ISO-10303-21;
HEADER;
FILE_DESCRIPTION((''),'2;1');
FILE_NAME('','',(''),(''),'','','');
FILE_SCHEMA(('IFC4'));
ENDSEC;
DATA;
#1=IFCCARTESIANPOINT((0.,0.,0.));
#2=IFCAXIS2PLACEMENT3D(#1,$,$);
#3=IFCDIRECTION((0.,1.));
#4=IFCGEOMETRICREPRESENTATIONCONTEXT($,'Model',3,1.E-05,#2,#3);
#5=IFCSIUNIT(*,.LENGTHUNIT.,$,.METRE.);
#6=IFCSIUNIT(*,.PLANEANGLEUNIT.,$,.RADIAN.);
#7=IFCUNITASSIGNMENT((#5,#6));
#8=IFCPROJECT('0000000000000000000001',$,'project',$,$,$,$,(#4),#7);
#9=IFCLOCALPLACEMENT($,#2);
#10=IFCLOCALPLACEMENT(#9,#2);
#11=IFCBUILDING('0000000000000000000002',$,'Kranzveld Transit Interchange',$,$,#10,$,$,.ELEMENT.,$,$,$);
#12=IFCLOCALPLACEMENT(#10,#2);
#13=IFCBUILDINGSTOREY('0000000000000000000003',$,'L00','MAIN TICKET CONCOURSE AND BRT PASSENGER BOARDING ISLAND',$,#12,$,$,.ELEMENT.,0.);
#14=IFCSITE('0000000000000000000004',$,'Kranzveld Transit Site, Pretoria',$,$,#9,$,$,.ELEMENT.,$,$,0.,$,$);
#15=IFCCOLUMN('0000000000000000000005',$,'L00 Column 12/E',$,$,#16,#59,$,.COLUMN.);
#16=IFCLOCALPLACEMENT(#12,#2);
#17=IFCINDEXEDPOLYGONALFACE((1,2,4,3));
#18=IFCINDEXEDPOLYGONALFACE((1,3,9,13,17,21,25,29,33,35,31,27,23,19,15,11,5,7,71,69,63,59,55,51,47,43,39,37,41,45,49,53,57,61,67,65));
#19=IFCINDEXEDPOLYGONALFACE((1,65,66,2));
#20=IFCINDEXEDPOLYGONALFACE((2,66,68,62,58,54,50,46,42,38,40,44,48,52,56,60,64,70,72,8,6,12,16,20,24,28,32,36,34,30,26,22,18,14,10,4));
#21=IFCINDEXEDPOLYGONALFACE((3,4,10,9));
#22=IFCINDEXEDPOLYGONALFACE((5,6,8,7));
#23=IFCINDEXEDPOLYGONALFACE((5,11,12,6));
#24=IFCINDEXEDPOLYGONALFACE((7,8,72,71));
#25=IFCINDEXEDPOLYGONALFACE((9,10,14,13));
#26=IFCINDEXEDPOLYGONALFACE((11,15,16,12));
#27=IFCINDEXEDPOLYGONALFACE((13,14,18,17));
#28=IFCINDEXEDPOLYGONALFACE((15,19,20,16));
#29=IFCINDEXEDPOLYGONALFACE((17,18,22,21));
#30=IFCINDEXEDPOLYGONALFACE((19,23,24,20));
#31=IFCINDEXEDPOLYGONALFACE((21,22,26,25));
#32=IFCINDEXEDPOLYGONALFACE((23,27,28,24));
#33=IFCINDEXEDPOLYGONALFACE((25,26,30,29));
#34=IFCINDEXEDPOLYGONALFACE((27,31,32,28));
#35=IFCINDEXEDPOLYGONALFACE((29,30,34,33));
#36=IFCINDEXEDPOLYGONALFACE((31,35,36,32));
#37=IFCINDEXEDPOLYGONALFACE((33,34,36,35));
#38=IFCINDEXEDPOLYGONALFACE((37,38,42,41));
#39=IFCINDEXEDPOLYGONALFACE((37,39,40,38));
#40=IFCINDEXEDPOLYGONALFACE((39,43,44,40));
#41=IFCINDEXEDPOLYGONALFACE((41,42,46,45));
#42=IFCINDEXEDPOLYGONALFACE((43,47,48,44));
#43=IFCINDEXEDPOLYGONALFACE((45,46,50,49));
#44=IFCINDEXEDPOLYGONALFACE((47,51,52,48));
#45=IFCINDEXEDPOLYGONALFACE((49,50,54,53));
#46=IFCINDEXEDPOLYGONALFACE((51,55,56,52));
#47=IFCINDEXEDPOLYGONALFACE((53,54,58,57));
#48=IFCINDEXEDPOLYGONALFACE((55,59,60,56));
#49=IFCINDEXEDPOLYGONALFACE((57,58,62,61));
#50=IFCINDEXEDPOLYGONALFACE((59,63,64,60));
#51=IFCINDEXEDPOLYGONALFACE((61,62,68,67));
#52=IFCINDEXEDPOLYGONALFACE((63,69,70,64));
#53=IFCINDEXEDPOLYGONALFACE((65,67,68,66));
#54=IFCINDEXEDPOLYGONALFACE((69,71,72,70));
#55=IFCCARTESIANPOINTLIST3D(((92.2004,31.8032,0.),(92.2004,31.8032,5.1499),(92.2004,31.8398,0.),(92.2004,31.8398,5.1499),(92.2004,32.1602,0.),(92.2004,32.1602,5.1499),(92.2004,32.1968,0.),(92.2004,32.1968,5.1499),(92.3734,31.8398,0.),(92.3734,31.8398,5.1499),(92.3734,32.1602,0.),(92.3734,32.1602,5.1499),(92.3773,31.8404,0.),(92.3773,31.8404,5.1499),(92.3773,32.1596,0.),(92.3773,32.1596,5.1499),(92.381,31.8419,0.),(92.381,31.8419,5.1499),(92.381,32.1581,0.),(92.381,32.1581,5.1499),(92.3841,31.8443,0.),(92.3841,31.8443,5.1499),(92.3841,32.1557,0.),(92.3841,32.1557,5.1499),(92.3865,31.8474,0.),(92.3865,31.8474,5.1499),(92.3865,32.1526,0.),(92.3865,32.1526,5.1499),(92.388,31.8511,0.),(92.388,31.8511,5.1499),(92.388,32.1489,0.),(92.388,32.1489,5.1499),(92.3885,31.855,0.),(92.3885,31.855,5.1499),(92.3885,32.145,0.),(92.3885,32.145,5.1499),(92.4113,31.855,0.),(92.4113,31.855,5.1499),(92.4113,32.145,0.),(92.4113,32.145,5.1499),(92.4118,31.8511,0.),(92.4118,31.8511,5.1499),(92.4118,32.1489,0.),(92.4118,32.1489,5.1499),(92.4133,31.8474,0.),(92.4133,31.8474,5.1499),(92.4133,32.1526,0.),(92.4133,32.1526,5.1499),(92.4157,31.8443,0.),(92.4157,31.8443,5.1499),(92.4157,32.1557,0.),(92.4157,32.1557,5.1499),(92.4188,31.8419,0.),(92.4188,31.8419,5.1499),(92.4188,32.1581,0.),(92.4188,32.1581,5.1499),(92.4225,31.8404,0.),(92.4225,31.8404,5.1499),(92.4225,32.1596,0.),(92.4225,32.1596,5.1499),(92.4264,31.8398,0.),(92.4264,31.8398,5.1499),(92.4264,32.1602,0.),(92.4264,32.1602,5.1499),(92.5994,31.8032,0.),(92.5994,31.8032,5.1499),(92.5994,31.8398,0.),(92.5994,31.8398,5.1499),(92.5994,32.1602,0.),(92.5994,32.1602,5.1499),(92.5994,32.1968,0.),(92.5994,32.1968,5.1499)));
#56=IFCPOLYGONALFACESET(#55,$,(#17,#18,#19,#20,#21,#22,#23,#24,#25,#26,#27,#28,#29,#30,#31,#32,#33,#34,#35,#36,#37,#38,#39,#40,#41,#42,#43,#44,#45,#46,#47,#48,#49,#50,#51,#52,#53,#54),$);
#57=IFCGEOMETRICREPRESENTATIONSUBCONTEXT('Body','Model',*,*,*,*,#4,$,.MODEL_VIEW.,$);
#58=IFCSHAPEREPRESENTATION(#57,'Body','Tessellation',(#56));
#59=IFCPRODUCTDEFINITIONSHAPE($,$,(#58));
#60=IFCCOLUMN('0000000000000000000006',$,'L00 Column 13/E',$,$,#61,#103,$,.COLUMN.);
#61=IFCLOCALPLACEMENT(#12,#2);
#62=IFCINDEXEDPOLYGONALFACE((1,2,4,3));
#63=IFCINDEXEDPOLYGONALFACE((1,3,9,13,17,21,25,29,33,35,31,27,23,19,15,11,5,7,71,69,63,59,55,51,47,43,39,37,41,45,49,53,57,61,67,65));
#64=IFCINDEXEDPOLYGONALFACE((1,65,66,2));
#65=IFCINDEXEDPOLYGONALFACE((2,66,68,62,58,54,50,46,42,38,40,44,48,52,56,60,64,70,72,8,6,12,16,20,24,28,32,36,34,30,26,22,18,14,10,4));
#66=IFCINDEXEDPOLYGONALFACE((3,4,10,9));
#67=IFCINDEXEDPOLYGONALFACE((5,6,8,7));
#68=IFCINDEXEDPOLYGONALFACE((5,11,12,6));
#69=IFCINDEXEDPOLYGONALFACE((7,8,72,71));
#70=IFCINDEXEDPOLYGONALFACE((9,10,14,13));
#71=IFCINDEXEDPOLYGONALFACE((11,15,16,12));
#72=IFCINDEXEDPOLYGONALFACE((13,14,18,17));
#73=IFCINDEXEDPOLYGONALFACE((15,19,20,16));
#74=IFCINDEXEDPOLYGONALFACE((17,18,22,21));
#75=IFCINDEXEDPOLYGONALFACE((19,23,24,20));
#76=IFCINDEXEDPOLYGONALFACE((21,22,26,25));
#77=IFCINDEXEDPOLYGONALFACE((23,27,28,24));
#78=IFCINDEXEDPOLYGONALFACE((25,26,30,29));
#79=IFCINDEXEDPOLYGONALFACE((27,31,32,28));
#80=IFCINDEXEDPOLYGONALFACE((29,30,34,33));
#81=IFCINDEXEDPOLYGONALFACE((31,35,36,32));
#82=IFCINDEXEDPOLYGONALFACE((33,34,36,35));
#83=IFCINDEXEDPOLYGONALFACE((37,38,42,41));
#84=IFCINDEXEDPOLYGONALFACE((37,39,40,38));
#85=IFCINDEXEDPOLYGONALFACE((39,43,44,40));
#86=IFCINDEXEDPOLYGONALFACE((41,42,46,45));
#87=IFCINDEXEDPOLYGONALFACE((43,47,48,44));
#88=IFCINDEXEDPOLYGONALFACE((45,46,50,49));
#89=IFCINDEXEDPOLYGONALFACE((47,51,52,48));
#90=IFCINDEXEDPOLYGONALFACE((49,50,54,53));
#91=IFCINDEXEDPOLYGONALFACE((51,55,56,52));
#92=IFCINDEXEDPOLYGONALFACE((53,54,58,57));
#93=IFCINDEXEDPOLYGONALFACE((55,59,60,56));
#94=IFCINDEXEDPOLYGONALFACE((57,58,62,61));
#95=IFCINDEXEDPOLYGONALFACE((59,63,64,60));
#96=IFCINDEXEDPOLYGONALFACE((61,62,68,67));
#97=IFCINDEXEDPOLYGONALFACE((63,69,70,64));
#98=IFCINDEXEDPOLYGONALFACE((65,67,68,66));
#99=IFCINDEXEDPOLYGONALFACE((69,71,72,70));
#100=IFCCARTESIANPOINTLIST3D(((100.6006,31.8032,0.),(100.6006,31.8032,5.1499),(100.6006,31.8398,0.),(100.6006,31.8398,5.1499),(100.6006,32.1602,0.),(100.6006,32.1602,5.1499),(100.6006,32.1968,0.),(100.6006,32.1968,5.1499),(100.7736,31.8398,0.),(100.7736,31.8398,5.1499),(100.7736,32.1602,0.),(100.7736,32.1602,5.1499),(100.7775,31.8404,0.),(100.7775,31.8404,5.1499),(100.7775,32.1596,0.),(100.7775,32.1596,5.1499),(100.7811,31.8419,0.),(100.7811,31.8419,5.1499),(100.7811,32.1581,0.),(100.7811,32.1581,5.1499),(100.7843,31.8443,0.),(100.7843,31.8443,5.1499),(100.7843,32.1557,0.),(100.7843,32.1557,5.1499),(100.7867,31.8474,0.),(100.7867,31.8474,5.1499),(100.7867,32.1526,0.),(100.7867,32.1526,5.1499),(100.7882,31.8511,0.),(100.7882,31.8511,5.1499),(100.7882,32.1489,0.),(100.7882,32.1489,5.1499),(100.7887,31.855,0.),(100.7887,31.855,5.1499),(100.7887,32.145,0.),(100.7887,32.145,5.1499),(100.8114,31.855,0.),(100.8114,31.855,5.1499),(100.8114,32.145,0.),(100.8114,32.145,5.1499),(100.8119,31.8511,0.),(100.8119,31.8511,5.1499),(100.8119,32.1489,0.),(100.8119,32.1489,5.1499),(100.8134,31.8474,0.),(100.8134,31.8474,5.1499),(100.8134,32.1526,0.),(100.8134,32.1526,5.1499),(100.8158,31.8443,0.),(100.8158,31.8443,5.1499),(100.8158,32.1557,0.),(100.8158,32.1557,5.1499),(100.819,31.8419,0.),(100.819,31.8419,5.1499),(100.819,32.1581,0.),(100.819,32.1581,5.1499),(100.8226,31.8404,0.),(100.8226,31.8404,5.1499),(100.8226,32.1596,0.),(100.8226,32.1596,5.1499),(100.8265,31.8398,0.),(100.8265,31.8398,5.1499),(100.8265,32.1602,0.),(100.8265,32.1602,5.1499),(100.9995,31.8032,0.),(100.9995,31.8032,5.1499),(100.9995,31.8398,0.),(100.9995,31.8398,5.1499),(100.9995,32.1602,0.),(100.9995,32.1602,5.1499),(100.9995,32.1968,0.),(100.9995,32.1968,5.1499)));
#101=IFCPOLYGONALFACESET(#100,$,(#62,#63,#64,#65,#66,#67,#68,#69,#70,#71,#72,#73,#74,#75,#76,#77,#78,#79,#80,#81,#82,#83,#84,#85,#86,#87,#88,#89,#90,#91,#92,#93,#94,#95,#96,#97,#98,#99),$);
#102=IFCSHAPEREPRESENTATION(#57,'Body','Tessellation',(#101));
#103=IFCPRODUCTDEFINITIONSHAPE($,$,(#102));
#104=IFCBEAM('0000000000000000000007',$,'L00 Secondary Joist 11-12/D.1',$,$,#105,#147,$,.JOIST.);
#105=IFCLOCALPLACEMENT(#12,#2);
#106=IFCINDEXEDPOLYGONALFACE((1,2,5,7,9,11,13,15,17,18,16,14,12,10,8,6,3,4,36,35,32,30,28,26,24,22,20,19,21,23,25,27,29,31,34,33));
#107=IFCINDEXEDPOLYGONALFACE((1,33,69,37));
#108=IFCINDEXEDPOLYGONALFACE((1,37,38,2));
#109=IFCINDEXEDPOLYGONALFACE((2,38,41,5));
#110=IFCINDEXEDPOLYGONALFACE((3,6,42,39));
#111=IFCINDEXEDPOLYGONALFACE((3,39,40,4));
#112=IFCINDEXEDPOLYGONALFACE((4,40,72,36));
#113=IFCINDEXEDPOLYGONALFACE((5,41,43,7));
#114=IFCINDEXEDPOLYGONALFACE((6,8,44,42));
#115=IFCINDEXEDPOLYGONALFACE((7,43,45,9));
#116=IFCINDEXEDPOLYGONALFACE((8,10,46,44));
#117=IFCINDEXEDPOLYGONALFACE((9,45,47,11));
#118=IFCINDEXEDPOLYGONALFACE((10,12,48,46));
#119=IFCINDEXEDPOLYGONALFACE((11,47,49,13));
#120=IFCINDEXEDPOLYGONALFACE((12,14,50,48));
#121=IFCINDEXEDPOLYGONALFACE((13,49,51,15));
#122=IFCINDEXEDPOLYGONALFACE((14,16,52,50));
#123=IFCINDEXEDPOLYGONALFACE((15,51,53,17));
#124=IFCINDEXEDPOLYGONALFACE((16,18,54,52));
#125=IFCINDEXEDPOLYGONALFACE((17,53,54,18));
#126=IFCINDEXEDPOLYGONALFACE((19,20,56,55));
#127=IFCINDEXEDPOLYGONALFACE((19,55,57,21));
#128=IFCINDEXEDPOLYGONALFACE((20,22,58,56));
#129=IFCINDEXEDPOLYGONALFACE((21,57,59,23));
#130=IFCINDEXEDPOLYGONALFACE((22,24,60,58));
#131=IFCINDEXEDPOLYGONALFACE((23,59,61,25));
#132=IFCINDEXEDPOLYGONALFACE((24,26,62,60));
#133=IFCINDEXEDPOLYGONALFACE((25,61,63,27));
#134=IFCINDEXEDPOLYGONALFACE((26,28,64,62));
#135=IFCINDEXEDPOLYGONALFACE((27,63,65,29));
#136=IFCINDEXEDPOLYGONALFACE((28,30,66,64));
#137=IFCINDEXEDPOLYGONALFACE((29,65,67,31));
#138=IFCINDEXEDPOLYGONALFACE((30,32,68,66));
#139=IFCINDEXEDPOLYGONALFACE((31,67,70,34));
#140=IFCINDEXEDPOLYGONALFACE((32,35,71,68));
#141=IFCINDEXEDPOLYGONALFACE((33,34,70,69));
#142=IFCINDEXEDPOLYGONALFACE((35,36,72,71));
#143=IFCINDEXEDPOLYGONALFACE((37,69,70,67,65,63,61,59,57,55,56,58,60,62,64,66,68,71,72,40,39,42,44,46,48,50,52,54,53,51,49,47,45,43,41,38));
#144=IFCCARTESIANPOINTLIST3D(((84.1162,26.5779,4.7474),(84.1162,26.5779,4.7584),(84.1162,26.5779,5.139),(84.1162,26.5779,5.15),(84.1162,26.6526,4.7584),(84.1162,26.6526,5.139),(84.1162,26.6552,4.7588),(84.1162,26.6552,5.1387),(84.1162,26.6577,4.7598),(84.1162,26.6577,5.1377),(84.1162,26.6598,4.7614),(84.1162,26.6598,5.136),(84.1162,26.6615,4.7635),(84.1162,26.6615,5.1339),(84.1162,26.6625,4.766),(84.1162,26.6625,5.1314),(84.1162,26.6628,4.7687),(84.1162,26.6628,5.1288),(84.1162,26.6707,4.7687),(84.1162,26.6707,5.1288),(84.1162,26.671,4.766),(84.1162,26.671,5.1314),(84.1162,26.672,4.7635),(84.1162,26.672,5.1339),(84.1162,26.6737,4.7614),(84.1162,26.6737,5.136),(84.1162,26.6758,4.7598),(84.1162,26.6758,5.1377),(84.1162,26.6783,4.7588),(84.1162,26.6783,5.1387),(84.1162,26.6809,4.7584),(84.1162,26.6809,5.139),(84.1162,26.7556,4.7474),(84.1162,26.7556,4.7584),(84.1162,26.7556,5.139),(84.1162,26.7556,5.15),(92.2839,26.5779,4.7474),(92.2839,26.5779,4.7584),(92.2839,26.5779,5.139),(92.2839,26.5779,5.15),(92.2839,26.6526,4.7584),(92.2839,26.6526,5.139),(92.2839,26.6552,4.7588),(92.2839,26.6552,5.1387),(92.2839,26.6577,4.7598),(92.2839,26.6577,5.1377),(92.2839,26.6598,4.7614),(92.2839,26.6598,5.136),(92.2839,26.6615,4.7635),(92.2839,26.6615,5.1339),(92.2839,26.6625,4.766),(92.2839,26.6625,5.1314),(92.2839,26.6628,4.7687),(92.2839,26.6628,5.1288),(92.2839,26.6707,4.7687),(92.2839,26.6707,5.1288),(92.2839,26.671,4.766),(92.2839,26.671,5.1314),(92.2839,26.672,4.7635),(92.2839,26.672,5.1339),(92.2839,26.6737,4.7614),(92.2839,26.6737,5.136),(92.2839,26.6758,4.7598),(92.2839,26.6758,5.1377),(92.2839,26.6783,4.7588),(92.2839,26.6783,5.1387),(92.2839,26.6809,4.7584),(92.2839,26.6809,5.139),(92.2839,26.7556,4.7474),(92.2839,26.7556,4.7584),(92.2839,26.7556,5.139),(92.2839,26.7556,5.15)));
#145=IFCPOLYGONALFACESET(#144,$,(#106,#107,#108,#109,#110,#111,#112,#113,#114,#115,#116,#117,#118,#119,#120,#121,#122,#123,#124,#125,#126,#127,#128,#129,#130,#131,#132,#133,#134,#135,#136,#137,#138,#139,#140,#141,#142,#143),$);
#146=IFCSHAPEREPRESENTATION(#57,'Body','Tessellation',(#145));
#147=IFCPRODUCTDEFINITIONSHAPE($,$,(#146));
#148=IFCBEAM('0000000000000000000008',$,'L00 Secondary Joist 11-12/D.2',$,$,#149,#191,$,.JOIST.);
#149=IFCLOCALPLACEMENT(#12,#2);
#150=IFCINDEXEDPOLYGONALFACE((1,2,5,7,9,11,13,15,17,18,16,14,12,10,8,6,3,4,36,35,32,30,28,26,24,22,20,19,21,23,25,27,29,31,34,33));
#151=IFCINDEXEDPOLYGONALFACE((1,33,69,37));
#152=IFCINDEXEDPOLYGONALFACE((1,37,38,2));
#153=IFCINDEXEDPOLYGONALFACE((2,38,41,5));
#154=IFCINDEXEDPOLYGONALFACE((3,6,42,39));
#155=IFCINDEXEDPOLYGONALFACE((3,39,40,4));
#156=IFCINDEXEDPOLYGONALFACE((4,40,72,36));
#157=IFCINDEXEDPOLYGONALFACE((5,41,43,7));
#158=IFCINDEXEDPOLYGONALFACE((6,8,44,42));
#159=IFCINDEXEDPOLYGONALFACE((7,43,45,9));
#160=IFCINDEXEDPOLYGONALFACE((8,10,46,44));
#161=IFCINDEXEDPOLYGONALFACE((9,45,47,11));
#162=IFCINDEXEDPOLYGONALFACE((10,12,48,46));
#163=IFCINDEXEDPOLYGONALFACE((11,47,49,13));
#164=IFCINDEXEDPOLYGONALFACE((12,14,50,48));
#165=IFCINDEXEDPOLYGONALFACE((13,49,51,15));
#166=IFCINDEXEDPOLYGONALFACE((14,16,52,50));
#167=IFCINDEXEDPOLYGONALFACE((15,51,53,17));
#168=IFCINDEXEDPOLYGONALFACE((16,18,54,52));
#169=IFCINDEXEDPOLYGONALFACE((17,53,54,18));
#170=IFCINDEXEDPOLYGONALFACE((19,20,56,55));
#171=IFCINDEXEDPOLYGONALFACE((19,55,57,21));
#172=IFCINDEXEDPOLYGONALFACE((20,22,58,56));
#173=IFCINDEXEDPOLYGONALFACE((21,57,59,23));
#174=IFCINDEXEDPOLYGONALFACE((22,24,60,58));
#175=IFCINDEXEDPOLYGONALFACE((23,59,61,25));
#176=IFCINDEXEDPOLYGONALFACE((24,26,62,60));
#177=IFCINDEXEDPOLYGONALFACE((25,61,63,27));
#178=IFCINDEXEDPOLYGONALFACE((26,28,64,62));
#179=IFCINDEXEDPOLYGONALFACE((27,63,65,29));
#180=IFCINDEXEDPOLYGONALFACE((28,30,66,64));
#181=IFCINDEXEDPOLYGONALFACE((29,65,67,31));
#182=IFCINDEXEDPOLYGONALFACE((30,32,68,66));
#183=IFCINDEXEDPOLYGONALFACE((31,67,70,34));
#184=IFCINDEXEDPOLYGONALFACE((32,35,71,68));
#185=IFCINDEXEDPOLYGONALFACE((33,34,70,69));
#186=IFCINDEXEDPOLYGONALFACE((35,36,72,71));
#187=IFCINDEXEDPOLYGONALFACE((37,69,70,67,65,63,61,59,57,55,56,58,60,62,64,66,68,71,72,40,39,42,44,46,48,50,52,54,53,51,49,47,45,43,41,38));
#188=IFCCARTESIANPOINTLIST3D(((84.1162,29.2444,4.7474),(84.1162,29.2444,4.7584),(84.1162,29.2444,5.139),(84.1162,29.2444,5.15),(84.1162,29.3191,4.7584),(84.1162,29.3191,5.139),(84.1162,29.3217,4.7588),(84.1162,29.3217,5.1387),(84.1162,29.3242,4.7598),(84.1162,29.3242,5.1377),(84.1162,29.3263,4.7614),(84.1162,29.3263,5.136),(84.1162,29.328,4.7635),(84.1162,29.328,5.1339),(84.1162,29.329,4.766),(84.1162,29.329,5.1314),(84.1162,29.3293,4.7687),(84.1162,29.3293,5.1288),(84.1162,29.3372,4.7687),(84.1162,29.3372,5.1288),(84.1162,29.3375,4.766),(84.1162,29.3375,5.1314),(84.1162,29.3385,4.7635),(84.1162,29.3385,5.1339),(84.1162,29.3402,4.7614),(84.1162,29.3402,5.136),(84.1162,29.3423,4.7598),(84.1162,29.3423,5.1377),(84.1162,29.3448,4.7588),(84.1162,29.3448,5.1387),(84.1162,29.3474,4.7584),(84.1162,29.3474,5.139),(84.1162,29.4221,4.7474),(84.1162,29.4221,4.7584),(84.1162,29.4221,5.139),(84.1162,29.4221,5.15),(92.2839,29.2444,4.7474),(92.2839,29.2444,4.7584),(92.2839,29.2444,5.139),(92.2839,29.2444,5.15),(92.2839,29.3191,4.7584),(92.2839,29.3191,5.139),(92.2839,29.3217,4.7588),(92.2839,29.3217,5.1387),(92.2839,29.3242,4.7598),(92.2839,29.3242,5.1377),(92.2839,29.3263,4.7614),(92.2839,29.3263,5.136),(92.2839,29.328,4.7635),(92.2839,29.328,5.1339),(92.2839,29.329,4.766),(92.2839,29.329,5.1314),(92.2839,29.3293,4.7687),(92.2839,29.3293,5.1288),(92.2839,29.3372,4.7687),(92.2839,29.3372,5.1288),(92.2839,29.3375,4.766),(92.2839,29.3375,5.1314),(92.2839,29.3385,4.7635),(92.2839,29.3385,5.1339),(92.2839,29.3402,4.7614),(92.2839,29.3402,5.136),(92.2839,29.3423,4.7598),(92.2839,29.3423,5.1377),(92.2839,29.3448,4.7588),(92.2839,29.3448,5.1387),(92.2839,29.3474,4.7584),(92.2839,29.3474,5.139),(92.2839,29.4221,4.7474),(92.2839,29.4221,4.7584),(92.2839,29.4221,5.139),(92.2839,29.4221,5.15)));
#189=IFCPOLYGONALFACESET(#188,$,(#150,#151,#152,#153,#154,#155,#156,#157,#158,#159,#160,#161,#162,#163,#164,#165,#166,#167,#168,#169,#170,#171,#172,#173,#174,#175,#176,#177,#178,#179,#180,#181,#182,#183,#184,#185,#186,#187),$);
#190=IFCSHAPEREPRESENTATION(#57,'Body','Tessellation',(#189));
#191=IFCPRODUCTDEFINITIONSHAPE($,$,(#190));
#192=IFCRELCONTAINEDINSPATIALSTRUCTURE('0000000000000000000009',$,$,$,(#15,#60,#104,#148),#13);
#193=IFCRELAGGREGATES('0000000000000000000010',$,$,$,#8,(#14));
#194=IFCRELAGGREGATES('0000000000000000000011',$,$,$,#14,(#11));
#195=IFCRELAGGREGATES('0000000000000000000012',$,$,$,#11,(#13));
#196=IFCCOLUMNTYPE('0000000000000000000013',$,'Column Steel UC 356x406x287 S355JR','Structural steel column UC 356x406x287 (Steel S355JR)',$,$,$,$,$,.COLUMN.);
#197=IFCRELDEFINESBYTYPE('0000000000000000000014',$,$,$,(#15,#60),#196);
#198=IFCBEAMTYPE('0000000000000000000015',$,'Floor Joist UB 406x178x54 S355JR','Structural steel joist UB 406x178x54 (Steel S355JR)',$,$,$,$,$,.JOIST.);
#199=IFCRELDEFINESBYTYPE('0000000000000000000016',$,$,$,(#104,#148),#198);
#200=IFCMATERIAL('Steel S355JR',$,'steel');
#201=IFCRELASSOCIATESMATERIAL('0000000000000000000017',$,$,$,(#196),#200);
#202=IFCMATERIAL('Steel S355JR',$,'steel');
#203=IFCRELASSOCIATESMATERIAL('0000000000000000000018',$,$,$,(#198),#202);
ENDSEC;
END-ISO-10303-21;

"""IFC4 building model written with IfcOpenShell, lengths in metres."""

from ifc_helpers import new_model, si_unit, direction, frame, origin, origin_2d, place, context, subcontext, project, spatial, i_section, extrude, material, material_profile, profile_set, type_object, element, save


model = new_model("IFC4")

# Units and contexts
model_context = context("Model", 3, precision=1e-05, world=origin(), true_north=direction((0.0, 1.0)))
body_context = subcontext(model_context, "Body", "Model", "MODEL_VIEW")
ifc_project = project(units=[si_unit("LENGTHUNIT", "METRE"), si_unit("PLANEANGLEUNIT", "RADIAN")], contexts=[model_context])

# Site, building, storey
site_placement = place(None, origin())
site = spatial("IfcSite", under=ifc_project, at=site_placement, Name="Kranzveld Transit Site, Pretoria", CompositionType="ELEMENT", RefElevation=0.0)
building_placement = place(site_placement, origin())
building = spatial("IfcBuilding", under=site, at=building_placement, Name="Kranzveld Transit Interchange", CompositionType="ELEMENT")
storey_placement = place(building_placement, origin())
storey = spatial("IfcBuildingStorey", under=building, at=storey_placement, Name="L00", Description="MAIN TICKET CONCOURSE AND BRT PASSENGER BOARDING ISLAND", CompositionType="ELEMENT", Elevation=0.0)

# Columns
ifc_material_1 = material(Name="Steel S355JR", Category="steel")
ifc_material_profile_1 = material_profile(ifc_material_1, i_section(OverallWidth=0.3989, OverallDepth=0.3936, WebThickness=0.0227, FlangeThickness=0.0366, FilletRadius=0.0151, at=origin_2d()), Name="UC 356x406x287")
ifc_profile_set_1 = profile_set([ifc_material_profile_1], Name="Steel S355JR")
column_type_1 = type_object("IfcColumnType", Name="Column Steel UC 356x406x287 S355JR", Description="Structural steel column UC 356x406x287 (Steel S355JR)", PredefinedType="COLUMN", material=ifc_profile_set_1)
for number, where, z_axis, x_axis, name in (
    (1, (92.3999, 32.0, 0.0), (0.0, 0.0, 1.0), (1.0, 0.0, 0.0), "L00 Column 12/E"),
    (2, (100.8, 32.0, 0.0), (0.0, 0.0, 1.0), (1.0, 0.0, 0.0), "L00 Column 13/E"),
):
    element("IfcColumn", number, at=place(storey_placement, frame(where, z_axis=z_axis, x_axis=x_axis)), inside=storey, type_object=column_type_1, Name=name, PredefinedType="COLUMN", context=body_context, shape_type="SweptSolid", body=[
        extrude(i_section(OverallWidth=0.3989, OverallDepth=0.3936, WebThickness=0.0227, FlangeThickness=0.0366, FilletRadius=0.0151, at=origin_2d()), origin(), (0.0, 0.0, 1.0), 5.1499),
    ])

# Beams
ifc_material_2 = material(Name="Steel S355JR", Category="steel")
ifc_material_profile_2 = material_profile(ifc_material_2, i_section(OverallWidth=0.1777, OverallDepth=0.4026, WebThickness=0.0078, FlangeThickness=0.011, FilletRadius=0.0103, at=origin_2d()), Name="UB 406x178x54")
ifc_profile_set_2 = profile_set([ifc_material_profile_2], Name="Steel S355JR")
beam_type_1 = type_object("IfcBeamType", Name="Floor Joist UB 406x178x54 S355JR", Description="Structural steel joist UB 406x178x54 (Steel S355JR)", PredefinedType="JOIST", material=ifc_profile_set_2)
for number, where, z_axis, x_axis, name in (
    (3, (84.1162, 26.6667, 4.9487), (1.0, 0.0, 0.0), (0.0, 1.0, 0.0), "L00 Secondary Joist 11-12/D.1"),
    (4, (84.1162, 29.3333, 4.9487), (1.0, 0.0, 0.0), (0.0, 1.0, 0.0), "L00 Secondary Joist 11-12/D.2"),
):
    element("IfcBeam", number, at=place(storey_placement, frame(where, z_axis=z_axis, x_axis=x_axis)), inside=storey, type_object=beam_type_1, Name=name, PredefinedType="JOIST", context=body_context, shape_type="SweptSolid", body=[
        extrude(i_section(OverallWidth=0.1777, OverallDepth=0.4026, WebThickness=0.0078, FlangeThickness=0.011, FilletRadius=0.0103, at=origin_2d()), origin(), (0.0, 0.0, 1.0), 8.1677),
    ])

save(model, "model.ifc")
